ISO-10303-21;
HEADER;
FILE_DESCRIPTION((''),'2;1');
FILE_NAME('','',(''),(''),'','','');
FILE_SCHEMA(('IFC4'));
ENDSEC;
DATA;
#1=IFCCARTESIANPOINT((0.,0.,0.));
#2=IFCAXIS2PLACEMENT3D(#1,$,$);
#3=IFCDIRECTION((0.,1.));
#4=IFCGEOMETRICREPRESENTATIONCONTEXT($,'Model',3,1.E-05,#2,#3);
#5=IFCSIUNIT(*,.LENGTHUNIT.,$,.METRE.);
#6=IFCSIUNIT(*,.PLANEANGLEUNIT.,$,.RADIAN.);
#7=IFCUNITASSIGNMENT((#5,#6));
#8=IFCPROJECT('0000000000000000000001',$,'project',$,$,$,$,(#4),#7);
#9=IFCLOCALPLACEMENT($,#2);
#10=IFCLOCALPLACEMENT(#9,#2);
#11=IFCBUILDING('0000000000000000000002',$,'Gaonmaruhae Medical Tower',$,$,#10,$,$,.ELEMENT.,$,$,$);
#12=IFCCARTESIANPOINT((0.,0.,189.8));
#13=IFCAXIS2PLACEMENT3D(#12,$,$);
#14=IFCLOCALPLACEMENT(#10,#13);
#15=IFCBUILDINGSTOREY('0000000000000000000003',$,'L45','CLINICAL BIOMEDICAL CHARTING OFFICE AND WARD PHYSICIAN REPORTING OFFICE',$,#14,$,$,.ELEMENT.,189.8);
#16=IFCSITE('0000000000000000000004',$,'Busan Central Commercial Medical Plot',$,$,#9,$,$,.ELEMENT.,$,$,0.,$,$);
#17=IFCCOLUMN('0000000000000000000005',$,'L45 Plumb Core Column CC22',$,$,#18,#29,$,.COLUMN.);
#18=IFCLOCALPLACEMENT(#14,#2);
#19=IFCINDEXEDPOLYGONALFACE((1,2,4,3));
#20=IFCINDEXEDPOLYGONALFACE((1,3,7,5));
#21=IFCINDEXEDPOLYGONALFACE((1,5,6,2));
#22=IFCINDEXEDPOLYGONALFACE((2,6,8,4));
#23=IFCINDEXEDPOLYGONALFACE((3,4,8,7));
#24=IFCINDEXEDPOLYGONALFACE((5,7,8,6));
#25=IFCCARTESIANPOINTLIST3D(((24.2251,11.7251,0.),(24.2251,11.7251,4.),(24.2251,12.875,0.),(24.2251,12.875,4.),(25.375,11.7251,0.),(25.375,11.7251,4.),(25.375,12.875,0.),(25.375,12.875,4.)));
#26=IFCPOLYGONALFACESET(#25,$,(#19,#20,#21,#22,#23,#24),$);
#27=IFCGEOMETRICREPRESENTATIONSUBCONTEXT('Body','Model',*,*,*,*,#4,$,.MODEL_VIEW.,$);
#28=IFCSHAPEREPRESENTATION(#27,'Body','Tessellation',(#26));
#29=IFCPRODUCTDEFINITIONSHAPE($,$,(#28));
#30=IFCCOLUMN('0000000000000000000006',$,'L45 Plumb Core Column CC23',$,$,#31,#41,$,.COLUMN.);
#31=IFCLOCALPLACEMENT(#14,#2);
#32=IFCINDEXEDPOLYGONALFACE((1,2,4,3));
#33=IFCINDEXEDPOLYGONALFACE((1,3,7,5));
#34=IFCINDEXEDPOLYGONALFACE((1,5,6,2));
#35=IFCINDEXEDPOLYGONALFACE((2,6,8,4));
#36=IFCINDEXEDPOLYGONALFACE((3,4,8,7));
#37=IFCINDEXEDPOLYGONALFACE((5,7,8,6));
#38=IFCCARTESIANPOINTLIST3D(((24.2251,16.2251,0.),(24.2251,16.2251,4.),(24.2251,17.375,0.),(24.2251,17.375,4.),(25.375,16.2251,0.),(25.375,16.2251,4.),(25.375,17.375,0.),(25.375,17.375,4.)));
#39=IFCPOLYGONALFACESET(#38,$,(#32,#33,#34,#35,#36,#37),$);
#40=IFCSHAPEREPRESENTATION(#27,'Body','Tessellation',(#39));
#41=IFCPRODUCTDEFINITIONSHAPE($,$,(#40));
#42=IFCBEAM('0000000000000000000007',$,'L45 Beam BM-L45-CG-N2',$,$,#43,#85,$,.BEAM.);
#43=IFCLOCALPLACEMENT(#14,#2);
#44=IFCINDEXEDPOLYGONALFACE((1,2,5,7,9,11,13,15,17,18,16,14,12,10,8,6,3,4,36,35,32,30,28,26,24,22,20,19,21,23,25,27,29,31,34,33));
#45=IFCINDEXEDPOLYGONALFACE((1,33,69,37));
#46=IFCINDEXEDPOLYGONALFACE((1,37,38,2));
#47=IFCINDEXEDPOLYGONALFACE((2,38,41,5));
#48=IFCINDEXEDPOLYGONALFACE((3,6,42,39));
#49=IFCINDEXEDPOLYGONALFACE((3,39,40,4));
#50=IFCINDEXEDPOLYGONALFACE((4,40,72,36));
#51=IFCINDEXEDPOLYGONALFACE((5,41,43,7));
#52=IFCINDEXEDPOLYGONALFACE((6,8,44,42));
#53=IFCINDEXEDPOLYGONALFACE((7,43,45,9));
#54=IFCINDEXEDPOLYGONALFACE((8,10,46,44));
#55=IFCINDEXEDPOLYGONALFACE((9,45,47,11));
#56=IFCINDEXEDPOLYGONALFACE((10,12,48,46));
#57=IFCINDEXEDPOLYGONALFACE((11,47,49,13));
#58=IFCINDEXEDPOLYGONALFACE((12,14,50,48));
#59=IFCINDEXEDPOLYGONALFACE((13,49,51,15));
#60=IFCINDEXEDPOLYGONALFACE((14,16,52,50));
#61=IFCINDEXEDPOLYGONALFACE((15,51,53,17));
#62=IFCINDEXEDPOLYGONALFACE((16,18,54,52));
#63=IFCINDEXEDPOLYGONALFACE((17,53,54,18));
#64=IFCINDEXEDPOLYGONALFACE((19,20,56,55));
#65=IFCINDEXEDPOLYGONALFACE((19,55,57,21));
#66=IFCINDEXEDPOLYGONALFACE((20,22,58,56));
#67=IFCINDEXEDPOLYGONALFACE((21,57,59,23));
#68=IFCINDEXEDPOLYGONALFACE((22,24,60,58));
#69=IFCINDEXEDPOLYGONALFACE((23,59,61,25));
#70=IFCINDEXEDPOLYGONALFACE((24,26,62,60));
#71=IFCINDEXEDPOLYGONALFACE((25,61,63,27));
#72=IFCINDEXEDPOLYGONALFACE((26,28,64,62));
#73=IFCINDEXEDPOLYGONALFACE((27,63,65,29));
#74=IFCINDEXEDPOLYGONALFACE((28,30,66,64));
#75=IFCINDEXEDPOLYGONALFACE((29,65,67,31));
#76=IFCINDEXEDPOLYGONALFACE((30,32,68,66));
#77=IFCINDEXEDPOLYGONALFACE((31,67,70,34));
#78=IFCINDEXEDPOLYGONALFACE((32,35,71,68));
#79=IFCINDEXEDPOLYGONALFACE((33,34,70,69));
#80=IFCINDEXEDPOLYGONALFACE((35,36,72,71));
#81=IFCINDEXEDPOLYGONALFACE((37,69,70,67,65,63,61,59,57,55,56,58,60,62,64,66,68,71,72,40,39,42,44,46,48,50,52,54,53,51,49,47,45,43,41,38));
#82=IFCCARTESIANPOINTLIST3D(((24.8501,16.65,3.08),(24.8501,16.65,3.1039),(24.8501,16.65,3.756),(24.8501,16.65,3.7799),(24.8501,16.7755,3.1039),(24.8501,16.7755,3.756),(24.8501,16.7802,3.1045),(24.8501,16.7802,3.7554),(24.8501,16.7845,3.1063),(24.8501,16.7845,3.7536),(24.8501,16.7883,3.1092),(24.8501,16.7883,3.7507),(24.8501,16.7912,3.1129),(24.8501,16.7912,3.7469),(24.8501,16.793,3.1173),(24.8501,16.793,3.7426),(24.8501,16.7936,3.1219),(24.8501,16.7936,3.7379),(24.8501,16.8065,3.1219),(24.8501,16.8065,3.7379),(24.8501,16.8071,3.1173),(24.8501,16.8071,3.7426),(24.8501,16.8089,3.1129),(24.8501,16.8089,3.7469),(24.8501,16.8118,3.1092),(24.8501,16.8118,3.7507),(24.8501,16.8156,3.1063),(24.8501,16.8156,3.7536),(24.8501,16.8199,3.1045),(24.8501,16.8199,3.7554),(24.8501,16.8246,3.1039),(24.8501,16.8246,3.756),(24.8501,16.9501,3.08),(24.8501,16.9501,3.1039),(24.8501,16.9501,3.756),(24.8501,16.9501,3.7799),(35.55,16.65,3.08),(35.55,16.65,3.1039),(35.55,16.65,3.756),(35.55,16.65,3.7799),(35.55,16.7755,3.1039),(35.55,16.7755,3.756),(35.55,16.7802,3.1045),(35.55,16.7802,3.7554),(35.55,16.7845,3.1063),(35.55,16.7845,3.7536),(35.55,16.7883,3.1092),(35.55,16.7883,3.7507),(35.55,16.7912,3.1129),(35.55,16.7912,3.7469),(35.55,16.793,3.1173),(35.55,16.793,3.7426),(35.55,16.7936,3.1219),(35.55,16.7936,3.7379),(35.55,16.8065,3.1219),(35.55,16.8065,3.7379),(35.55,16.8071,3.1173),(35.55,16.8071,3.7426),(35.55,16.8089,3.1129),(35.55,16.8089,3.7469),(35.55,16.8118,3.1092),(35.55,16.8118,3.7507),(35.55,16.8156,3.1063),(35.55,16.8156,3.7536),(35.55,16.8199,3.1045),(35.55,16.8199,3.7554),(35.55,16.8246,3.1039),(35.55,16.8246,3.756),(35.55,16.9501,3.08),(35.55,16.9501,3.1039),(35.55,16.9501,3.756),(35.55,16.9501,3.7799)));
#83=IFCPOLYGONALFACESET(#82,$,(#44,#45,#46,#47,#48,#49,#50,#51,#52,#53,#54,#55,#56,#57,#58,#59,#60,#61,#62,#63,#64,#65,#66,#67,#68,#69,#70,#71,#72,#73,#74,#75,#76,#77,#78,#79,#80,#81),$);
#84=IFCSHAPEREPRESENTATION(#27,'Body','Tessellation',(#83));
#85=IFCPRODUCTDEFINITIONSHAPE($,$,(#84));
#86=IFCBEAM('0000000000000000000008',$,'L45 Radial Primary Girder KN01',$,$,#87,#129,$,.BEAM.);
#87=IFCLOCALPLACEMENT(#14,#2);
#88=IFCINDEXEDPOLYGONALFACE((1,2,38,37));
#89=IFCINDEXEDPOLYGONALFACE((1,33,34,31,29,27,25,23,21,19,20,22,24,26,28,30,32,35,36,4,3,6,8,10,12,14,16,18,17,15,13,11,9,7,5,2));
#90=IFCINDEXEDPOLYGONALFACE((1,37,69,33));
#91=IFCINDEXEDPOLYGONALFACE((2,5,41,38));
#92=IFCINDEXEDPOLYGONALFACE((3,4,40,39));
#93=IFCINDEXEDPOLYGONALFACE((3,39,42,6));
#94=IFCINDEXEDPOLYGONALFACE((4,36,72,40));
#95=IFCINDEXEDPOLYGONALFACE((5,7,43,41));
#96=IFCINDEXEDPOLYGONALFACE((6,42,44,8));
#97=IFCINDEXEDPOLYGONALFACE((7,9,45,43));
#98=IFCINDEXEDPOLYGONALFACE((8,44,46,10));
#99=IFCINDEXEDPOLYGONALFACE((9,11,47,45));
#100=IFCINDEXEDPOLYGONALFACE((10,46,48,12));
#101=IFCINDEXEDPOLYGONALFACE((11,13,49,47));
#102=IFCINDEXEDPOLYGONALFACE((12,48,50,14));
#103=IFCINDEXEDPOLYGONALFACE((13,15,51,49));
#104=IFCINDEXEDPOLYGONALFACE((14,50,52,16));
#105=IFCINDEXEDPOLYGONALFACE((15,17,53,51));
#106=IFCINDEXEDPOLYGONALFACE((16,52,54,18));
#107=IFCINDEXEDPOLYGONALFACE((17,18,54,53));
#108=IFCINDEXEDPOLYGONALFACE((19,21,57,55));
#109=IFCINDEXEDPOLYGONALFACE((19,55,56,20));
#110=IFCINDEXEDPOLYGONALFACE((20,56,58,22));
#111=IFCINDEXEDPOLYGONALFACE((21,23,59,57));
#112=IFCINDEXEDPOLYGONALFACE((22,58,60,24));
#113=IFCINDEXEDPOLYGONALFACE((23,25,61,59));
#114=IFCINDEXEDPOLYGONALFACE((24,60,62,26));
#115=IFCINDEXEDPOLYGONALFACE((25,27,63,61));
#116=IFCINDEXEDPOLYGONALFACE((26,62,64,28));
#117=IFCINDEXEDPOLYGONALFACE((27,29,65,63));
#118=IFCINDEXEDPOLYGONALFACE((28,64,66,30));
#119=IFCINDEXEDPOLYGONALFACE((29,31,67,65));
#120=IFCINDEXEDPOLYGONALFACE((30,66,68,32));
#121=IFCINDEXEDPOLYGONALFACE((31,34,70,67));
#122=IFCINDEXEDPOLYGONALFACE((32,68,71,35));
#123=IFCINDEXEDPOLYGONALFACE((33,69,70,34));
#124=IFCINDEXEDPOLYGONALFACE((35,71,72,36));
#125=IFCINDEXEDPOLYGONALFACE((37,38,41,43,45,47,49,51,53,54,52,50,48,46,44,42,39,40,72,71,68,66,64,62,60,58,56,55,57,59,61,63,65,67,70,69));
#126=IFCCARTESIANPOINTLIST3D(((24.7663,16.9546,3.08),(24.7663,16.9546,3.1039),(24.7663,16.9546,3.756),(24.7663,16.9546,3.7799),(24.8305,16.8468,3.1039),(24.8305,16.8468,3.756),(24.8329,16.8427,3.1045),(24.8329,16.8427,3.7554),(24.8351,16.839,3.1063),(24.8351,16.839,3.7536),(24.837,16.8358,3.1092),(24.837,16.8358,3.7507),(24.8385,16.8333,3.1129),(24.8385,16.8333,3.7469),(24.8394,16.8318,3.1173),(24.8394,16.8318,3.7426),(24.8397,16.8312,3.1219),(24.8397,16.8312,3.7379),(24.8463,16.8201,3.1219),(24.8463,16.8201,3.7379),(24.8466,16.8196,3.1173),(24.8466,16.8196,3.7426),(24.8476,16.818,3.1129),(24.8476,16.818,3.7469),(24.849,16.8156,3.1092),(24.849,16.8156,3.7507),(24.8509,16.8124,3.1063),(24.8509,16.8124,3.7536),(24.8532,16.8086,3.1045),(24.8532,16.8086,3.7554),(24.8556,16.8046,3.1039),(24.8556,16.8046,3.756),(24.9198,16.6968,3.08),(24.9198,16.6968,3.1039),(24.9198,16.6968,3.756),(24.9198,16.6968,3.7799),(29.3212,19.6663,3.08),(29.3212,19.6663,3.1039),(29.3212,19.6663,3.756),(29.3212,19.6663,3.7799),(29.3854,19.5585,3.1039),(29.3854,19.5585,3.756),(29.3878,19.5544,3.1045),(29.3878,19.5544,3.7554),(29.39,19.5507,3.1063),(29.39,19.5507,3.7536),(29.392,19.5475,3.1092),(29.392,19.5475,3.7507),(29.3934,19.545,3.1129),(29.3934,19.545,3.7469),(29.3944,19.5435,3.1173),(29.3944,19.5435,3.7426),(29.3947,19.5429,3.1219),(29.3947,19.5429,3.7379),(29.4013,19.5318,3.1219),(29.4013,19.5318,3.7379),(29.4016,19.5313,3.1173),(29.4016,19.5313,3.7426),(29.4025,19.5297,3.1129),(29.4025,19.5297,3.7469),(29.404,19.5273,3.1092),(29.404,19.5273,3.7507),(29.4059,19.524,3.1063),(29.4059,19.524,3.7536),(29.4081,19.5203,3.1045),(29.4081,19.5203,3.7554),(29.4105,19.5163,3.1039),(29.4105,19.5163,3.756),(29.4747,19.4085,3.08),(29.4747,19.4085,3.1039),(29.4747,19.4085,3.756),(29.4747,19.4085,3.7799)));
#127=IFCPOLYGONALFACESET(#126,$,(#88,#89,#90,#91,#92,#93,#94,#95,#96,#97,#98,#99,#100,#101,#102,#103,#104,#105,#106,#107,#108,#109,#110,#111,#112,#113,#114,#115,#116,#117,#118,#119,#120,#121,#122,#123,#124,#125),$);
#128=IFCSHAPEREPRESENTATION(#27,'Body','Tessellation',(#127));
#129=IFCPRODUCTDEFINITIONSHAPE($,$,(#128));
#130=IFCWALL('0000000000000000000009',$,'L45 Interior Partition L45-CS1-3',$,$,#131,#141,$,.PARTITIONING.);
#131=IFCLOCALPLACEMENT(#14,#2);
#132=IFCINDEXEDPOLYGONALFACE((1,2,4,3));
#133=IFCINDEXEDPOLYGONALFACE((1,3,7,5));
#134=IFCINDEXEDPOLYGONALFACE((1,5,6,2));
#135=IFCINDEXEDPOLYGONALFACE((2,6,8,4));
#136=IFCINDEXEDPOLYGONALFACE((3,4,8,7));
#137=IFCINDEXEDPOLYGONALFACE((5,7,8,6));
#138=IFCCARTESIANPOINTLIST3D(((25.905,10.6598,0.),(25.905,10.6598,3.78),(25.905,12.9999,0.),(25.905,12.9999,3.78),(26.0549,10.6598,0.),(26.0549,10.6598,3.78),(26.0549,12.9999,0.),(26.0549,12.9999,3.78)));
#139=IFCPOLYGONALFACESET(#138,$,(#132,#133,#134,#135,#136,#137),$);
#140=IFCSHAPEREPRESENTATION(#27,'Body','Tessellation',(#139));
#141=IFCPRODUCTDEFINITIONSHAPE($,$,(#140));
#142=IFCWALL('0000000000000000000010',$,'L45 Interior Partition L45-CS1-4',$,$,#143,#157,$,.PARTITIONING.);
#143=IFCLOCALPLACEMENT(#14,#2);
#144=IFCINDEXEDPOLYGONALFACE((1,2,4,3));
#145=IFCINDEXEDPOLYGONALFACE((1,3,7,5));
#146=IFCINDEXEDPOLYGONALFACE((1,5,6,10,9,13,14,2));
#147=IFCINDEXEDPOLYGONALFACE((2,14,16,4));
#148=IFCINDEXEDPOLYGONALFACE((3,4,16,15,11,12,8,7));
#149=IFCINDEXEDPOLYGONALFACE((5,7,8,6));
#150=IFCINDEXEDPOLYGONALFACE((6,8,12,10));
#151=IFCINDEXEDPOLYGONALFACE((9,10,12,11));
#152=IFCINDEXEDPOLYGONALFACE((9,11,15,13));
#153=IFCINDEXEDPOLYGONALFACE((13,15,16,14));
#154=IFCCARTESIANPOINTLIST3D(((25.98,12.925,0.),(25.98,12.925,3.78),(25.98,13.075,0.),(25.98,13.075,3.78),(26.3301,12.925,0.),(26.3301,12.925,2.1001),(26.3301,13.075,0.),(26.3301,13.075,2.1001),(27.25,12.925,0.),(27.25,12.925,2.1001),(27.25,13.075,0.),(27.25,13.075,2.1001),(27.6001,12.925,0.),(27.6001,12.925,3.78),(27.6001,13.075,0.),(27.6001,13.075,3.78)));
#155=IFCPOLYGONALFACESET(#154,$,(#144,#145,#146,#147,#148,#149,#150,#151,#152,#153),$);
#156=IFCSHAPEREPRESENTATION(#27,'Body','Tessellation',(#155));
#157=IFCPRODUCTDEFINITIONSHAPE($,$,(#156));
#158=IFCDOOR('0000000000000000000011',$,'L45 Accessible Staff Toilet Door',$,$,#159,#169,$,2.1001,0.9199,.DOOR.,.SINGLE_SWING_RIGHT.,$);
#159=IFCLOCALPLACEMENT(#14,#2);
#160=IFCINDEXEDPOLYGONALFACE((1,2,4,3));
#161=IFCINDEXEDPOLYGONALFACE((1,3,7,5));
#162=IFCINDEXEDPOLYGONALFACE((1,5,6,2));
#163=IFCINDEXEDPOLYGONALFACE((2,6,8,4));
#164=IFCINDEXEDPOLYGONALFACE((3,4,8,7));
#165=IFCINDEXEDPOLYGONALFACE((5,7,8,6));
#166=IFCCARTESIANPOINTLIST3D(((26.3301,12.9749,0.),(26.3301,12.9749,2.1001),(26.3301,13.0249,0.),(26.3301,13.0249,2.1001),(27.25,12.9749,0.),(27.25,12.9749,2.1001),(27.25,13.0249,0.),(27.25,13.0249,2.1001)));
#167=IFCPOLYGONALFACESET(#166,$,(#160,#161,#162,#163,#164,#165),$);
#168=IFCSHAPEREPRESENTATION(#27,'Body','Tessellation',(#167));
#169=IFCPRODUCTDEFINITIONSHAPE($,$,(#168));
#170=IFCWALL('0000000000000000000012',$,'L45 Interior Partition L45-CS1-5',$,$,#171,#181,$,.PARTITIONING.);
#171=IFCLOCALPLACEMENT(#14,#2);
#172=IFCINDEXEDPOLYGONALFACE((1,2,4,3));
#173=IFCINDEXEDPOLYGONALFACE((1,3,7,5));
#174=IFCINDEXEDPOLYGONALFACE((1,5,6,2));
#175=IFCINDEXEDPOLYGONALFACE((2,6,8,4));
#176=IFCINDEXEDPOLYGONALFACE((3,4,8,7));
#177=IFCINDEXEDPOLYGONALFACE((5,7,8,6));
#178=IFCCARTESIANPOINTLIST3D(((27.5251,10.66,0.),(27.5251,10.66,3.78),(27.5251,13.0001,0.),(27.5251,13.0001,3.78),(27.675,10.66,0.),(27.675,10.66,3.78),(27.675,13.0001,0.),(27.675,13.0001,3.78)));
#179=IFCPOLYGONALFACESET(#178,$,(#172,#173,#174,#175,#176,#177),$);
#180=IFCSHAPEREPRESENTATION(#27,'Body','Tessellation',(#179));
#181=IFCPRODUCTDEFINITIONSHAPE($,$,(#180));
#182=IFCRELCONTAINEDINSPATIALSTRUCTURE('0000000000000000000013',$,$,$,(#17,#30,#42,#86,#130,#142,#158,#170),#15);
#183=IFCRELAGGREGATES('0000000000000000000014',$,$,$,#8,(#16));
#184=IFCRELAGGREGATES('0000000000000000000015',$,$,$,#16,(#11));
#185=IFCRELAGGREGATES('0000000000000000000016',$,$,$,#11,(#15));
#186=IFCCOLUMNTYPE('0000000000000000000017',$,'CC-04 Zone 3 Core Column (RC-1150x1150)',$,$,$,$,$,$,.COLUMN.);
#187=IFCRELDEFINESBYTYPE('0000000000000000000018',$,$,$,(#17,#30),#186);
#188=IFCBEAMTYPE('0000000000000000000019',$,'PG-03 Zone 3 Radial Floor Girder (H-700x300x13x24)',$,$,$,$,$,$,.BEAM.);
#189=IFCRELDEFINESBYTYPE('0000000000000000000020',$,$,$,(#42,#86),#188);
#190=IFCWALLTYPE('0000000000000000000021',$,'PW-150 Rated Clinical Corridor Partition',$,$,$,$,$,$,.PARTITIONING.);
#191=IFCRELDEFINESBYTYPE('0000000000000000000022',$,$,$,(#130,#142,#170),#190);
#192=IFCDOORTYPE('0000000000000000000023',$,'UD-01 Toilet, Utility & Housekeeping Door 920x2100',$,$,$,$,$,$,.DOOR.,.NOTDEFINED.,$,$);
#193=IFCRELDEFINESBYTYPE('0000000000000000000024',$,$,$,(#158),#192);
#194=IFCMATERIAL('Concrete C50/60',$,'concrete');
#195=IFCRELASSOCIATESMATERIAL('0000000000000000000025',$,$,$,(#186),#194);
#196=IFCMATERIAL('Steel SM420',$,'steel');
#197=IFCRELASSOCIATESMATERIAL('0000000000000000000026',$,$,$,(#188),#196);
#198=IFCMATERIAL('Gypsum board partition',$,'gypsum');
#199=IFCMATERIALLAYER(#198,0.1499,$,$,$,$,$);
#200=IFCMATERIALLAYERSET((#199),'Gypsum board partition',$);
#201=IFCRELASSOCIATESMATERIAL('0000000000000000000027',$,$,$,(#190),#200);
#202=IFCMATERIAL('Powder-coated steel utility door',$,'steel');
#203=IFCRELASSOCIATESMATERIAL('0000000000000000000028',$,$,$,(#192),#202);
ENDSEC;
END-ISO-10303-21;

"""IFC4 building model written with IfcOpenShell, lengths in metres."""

from ifc_helpers import new_model, si_unit, direction, frame, frame_2d, origin, origin_2d, place, context, subcontext, project, spatial, rectangle, i_section, extrude, material, layer, layer_set, material_profile, profile_set, type_object, element, fill, save


model = new_model("IFC4")

# Units and contexts
model_context = context("Model", 3, precision=1e-05, world=origin(), true_north=direction((0.0, 1.0)))
body_context = subcontext(model_context, "Body", "Model", "MODEL_VIEW")
ifc_project = project(units=[si_unit("LENGTHUNIT", "METRE"), si_unit("PLANEANGLEUNIT", "RADIAN")], contexts=[model_context])

# Site, building, storey
site_placement = place(None, origin())
site = spatial("IfcSite", under=ifc_project, at=site_placement, Name="Busan Central Commercial Medical Plot", CompositionType="ELEMENT", RefElevation=0.0)
building_placement = place(site_placement, origin())
building = spatial("IfcBuilding", under=site, at=building_placement, Name="Gaonmaruhae Medical Tower", CompositionType="ELEMENT")
storey_placement = place(building_placement, frame((0.0, 0.0, 189.8)))
storey = spatial("IfcBuildingStorey", under=building, at=storey_placement, Name="L45", Description="CLINICAL BIOMEDICAL CHARTING OFFICE AND WARD PHYSICIAN REPORTING OFFICE", CompositionType="ELEMENT", Elevation=189.8)

# Columns
ifc_material_1 = material(Name="Concrete C50/60", Category="concrete")
ifc_material_profile_1 = material_profile(ifc_material_1, rectangle(XDim=1.1499, YDim=1.1499, at=origin_2d()), Name="RC-1150x1150")
ifc_profile_set_1 = profile_set([ifc_material_profile_1], Name="Concrete C50/60")
column_type = type_object("IfcColumnType", Name="CC-04 Zone 3 Core Column (RC-1150x1150)", PredefinedType="COLUMN", material=ifc_profile_set_1)
for number, where, z_axis, x_axis, name in (
    (1, (24.8, 12.3, 0.0), (0.0, 0.0, 1.0), (1.0, 0.0, 0.0), "L45 Plumb Core Column CC22"),
    (2, (24.8, 16.8, 0.0), (0.0, 0.0, 1.0), (1.0, 0.0, 0.0), "L45 Plumb Core Column CC23"),
):
    element("IfcColumn", number, at=place(storey_placement, frame(where, z_axis=z_axis, x_axis=x_axis)), inside=storey, type_object=column_type, Name=name, PredefinedType="COLUMN", context=body_context, shape_type="SweptSolid", body=[
        extrude(rectangle(XDim=1.1499, YDim=1.1499, at=origin_2d()), origin(), (0.0, 0.0, 1.0), 4.0),
    ])

# Beams
ifc_material_2 = material(Name="Steel SM420", Category="steel")
ifc_material_profile_2 = material_profile(ifc_material_2, i_section(OverallWidth=0.3, OverallDepth=0.7, WebThickness=0.0129, FlangeThickness=0.0239, FilletRadius=0.0181, at=origin_2d()), Name="H-700x300x13x24")
ifc_profile_set_2 = profile_set([ifc_material_profile_2], Name="Steel SM420")
beam_type = type_object("IfcBeamType", Name="PG-03 Zone 3 Radial Floor Girder (H-700x300x13x24)", PredefinedType="BEAM", material=ifc_profile_set_2)
beam_1_placement = place(storey_placement, frame((24.8501, 16.8, 3.4299), z_axis=(1.0, 0.0, 0.0), x_axis=(0.0, 1.0, 0.0)))
element("IfcBeam", 3, at=beam_1_placement, inside=storey, type_object=beam_type, Name="L45 Beam BM-L45-CG-N2", PredefinedType="BEAM", context=body_context, shape_type="SweptSolid", body=[
    extrude(i_section(OverallWidth=0.3, OverallDepth=0.7, WebThickness=0.0129, FlangeThickness=0.0239, FilletRadius=0.0181, at=origin_2d()), origin(), (0.0, 0.0, 1.0), 10.7),
])
beam_2_placement = place(storey_placement, frame((24.843, 16.8257, 3.4299), z_axis=(0.85926, 0.51154, 0.0), x_axis=(-0.51154, 0.85926, 0.0)))
element("IfcBeam", 4, at=beam_2_placement, inside=storey, type_object=beam_type, Name="L45 Radial Primary Girder KN01", PredefinedType="BEAM", context=body_context, shape_type="SweptSolid", body=[
    extrude(i_section(OverallWidth=0.3, OverallDepth=0.7, WebThickness=0.0129, FlangeThickness=0.0239, FilletRadius=0.0181, at=origin_2d()), origin(), (0.0, 0.0, 1.0), 5.301),
])

# Wall
ifc_material_3 = material(Name="Gypsum board partition", Category="gypsum")
ifc_layer_1 = layer(ifc_material_3, 0.1499)
ifc_layer_set_1 = layer_set([ifc_layer_1], Name="Gypsum board partition")
wall_type_1 = type_object("IfcWallType", Name="PW-150 Rated Clinical Corridor Partition", PredefinedType="PARTITIONING", material=ifc_layer_set_1)
wall_1_placement = place(storey_placement, frame((25.98, 10.6599, 0.0), z_axis=(0.0, 0.0, 1.0), x_axis=(0.0, 1.0, 0.0)))
element("IfcWall", 5, at=wall_1_placement, inside=storey, type_object=wall_type_1, Name="L45 Interior Partition L45-CS1-3", PredefinedType="PARTITIONING", context=body_context, shape_type="SweptSolid", body=[
    extrude(rectangle(XDim=2.3401, YDim=0.1499, at=frame_2d((1.1699, 0.0))), origin(), (0.0, 0.0, 1.0), 3.78),
])

# Wall, opening, door
wall_2_placement = place(storey_placement, frame((25.98, 13.0, 0.0), z_axis=(0.0, 0.0, 1.0), x_axis=(1.0, 0.0, 0.0)))
wall_2 = element("IfcWall", 6, at=wall_2_placement, inside=storey, type_object=wall_type_1, Name="L45 Interior Partition L45-CS1-4", PredefinedType="PARTITIONING", context=body_context, shape_type="SweptSolid", body=[
    extrude(rectangle(XDim=1.6201, YDim=0.1499, at=frame_2d((0.8101, 0.0))), origin(), (0.0, 0.0, 1.0), 3.78),
])
opening_1_placement = place(wall_2_placement, frame((0.3501, 0.0, 0.0)))
opening_1 = element("IfcOpeningElement", 7, at=opening_1_placement, cuts=wall_2, PredefinedType="OPENING", context=body_context, shape_type="SweptSolid", body=[
    extrude(rectangle(XDim=0.9199, YDim=2.1001, at=frame_2d((0.46, 1.05))), frame((0.0, 0.085, 0.0), z_axis=(0.0, -1.0, 0.0), x_axis=(1.0, 0.0, 0.0)), (0.0, 0.0, 1.0), 0.1699),
])
ifc_material_4 = material(Name="Powder-coated steel utility door", Category="steel")
door_type_1 = type_object("IfcDoorType", Name="UD-01 Toilet, Utility & Housekeeping Door 920x2100", OperationType="NOTDEFINED", PredefinedType="DOOR", material=ifc_material_4)
door_1_placement = place(opening_1_placement, origin())
door_1 = element("IfcDoor", 8, at=door_1_placement, inside=storey, type_object=door_type_1, Name="L45 Accessible Staff Toilet Door", OperationType="SINGLE_SWING_RIGHT", OverallHeight=2.1001, OverallWidth=0.9199, PredefinedType="DOOR", context=body_context, shape_type="SweptSolid", body=[
    extrude(rectangle(XDim=0.9199, YDim=2.1001, at=frame_2d((0.46, 1.05))), frame((0.0, 0.0249, 0.0), z_axis=(0.0, -1.0, 0.0), x_axis=(1.0, 0.0, 0.0)), (0.0, 0.0, 1.0), 0.05),
])
fill(opening_1, door_1)

# Wall
wall_3_placement = place(storey_placement, frame((27.6001, 13.0, 0.0), z_axis=(0.0, 0.0, 1.0), x_axis=(0.0, -1.0, 0.0)))
element("IfcWall", 9, at=wall_3_placement, inside=storey, type_object=wall_type_1, Name="L45 Interior Partition L45-CS1-5", PredefinedType="PARTITIONING", context=body_context, shape_type="SweptSolid", body=[
    extrude(rectangle(XDim=2.3401, YDim=0.1499, at=frame_2d((1.1699, 0.0))), origin(), (0.0, 0.0, 1.0), 3.78),
])

save(model, "model.ifc")
